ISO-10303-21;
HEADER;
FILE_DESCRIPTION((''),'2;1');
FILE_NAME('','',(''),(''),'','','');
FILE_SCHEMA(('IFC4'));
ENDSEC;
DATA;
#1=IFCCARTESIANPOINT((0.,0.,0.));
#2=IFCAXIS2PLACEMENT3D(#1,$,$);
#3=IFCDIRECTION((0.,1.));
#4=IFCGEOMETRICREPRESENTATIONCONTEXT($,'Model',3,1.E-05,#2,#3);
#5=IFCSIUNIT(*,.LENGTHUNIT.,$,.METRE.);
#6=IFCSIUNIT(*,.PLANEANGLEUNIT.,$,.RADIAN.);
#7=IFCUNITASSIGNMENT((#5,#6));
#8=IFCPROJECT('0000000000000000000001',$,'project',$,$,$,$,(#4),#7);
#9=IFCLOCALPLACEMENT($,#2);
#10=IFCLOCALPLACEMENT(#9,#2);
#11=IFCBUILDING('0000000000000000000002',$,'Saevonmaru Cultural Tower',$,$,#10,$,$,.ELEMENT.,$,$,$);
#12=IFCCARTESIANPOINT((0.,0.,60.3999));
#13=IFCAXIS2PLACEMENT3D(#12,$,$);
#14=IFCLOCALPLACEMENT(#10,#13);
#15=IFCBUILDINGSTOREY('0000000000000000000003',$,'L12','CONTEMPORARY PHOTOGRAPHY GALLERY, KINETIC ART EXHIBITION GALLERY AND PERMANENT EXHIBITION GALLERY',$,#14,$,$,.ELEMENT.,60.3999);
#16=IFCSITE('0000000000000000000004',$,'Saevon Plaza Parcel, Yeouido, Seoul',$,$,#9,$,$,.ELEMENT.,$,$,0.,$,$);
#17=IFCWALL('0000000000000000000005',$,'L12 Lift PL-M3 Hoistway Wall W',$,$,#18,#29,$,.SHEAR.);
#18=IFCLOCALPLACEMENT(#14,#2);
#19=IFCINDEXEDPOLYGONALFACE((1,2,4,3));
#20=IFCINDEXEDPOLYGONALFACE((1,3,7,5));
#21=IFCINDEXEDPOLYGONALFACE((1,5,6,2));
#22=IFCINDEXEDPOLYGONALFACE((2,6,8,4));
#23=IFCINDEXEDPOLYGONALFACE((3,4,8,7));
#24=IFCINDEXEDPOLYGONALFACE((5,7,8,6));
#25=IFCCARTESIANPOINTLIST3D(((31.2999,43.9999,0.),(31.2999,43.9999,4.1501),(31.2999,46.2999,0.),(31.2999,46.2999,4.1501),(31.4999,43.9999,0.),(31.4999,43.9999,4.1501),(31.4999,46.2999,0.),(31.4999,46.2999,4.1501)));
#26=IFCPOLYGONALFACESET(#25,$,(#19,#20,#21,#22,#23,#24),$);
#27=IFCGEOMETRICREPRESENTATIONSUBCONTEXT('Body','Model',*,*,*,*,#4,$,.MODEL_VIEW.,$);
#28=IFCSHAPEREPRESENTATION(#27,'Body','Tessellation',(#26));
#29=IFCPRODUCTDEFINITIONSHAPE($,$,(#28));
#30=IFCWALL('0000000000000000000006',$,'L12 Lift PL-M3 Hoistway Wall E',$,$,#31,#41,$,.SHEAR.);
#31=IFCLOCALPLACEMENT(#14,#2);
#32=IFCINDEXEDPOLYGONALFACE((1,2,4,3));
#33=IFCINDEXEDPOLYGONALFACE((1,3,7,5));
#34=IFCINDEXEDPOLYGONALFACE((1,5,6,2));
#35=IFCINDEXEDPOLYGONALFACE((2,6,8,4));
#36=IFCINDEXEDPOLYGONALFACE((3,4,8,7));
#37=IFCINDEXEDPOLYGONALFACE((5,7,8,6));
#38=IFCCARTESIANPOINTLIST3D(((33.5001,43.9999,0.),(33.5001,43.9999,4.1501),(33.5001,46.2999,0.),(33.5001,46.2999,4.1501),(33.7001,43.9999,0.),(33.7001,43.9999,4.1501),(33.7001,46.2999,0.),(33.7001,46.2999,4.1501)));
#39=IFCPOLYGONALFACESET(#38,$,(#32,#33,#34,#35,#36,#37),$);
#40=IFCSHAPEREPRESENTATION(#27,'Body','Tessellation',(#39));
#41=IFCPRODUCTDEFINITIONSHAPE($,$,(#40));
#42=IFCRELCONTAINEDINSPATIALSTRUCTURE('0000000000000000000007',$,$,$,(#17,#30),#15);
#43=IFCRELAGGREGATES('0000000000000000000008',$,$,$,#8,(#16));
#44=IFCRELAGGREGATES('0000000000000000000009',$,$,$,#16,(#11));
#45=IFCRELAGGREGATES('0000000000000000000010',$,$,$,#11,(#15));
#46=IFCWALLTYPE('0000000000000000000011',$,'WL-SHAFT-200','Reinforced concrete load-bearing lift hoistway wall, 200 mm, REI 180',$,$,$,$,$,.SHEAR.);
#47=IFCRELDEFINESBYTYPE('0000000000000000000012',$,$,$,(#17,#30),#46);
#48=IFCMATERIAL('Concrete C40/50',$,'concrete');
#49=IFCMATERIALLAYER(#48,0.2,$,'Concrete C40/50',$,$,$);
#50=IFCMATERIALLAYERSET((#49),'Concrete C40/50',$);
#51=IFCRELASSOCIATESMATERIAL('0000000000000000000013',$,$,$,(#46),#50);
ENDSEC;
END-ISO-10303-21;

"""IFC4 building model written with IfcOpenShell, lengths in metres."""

from ifc_helpers import new_model, si_unit, direction, frame, frame_2d, origin, place, context, subcontext, project, spatial, rectangle, extrude, material, layer, layer_set, type_object, element, save


model = new_model("IFC4")

# Units and contexts
model_context = context("Model", 3, precision=1e-05, world=origin(), true_north=direction((0.0, 1.0)))
body_context = subcontext(model_context, "Body", "Model", "MODEL_VIEW")
ifc_project = project(units=[si_unit("LENGTHUNIT", "METRE"), si_unit("PLANEANGLEUNIT", "RADIAN")], contexts=[model_context])

# Site, building, storey
site_placement = place(None, origin())
site = spatial("IfcSite", under=ifc_project, at=site_placement, Name="Saevon Plaza Parcel, Yeouido, Seoul", CompositionType="ELEMENT", RefElevation=0.0)
building_placement = place(site_placement, origin())
building = spatial("IfcBuilding", under=site, at=building_placement, Name="Saevonmaru Cultural Tower", CompositionType="ELEMENT")
storey_placement = place(building_placement, frame((0.0, 0.0, 60.3999)))
storey = spatial("IfcBuildingStorey", under=building, at=storey_placement, Name="L12", Description="CONTEMPORARY PHOTOGRAPHY GALLERY, KINETIC ART EXHIBITION GALLERY AND PERMANENT EXHIBITION GALLERY", CompositionType="ELEMENT", Elevation=60.3999)

# Walls
ifc_material_1 = material(Name="Concrete C40/50", Category="concrete")
ifc_layer_1 = layer(ifc_material_1, 0.2, Name="Concrete C40/50")
ifc_layer_set_1 = layer_set([ifc_layer_1], Name="Concrete C40/50")
wall_type_1 = type_object("IfcWallType", Name="WL-SHAFT-200", Description="Reinforced concrete load-bearing lift hoistway wall, 200 mm, REI 180", PredefinedType="SHEAR", material=ifc_layer_set_1)
for number, where, z_axis, x_axis, name in (
    (1, (31.3999, 44.0, 0.0), (0.0, 0.0, 1.0), (0.0, 1.0, 0.0), "L12 Lift PL-M3 Hoistway Wall W"),
    (2, (33.6001, 44.0, 0.0), (0.0, 0.0, 1.0), (0.0, 1.0, 0.0), "L12 Lift PL-M3 Hoistway Wall E"),
):
    element("IfcWall", number, at=place(storey_placement, frame(where, z_axis=z_axis, x_axis=x_axis)), inside=storey, type_object=wall_type_1, Name=name, PredefinedType="SHEAR", context=body_context, shape_type="SweptSolid", body=[
        extrude(rectangle(XDim=2.3, YDim=0.2, at=frame_2d((1.1499, 0.0))), origin(), (0.0, 0.0, 1.0), 4.1501),
    ])

save(model, "model.ifc")
